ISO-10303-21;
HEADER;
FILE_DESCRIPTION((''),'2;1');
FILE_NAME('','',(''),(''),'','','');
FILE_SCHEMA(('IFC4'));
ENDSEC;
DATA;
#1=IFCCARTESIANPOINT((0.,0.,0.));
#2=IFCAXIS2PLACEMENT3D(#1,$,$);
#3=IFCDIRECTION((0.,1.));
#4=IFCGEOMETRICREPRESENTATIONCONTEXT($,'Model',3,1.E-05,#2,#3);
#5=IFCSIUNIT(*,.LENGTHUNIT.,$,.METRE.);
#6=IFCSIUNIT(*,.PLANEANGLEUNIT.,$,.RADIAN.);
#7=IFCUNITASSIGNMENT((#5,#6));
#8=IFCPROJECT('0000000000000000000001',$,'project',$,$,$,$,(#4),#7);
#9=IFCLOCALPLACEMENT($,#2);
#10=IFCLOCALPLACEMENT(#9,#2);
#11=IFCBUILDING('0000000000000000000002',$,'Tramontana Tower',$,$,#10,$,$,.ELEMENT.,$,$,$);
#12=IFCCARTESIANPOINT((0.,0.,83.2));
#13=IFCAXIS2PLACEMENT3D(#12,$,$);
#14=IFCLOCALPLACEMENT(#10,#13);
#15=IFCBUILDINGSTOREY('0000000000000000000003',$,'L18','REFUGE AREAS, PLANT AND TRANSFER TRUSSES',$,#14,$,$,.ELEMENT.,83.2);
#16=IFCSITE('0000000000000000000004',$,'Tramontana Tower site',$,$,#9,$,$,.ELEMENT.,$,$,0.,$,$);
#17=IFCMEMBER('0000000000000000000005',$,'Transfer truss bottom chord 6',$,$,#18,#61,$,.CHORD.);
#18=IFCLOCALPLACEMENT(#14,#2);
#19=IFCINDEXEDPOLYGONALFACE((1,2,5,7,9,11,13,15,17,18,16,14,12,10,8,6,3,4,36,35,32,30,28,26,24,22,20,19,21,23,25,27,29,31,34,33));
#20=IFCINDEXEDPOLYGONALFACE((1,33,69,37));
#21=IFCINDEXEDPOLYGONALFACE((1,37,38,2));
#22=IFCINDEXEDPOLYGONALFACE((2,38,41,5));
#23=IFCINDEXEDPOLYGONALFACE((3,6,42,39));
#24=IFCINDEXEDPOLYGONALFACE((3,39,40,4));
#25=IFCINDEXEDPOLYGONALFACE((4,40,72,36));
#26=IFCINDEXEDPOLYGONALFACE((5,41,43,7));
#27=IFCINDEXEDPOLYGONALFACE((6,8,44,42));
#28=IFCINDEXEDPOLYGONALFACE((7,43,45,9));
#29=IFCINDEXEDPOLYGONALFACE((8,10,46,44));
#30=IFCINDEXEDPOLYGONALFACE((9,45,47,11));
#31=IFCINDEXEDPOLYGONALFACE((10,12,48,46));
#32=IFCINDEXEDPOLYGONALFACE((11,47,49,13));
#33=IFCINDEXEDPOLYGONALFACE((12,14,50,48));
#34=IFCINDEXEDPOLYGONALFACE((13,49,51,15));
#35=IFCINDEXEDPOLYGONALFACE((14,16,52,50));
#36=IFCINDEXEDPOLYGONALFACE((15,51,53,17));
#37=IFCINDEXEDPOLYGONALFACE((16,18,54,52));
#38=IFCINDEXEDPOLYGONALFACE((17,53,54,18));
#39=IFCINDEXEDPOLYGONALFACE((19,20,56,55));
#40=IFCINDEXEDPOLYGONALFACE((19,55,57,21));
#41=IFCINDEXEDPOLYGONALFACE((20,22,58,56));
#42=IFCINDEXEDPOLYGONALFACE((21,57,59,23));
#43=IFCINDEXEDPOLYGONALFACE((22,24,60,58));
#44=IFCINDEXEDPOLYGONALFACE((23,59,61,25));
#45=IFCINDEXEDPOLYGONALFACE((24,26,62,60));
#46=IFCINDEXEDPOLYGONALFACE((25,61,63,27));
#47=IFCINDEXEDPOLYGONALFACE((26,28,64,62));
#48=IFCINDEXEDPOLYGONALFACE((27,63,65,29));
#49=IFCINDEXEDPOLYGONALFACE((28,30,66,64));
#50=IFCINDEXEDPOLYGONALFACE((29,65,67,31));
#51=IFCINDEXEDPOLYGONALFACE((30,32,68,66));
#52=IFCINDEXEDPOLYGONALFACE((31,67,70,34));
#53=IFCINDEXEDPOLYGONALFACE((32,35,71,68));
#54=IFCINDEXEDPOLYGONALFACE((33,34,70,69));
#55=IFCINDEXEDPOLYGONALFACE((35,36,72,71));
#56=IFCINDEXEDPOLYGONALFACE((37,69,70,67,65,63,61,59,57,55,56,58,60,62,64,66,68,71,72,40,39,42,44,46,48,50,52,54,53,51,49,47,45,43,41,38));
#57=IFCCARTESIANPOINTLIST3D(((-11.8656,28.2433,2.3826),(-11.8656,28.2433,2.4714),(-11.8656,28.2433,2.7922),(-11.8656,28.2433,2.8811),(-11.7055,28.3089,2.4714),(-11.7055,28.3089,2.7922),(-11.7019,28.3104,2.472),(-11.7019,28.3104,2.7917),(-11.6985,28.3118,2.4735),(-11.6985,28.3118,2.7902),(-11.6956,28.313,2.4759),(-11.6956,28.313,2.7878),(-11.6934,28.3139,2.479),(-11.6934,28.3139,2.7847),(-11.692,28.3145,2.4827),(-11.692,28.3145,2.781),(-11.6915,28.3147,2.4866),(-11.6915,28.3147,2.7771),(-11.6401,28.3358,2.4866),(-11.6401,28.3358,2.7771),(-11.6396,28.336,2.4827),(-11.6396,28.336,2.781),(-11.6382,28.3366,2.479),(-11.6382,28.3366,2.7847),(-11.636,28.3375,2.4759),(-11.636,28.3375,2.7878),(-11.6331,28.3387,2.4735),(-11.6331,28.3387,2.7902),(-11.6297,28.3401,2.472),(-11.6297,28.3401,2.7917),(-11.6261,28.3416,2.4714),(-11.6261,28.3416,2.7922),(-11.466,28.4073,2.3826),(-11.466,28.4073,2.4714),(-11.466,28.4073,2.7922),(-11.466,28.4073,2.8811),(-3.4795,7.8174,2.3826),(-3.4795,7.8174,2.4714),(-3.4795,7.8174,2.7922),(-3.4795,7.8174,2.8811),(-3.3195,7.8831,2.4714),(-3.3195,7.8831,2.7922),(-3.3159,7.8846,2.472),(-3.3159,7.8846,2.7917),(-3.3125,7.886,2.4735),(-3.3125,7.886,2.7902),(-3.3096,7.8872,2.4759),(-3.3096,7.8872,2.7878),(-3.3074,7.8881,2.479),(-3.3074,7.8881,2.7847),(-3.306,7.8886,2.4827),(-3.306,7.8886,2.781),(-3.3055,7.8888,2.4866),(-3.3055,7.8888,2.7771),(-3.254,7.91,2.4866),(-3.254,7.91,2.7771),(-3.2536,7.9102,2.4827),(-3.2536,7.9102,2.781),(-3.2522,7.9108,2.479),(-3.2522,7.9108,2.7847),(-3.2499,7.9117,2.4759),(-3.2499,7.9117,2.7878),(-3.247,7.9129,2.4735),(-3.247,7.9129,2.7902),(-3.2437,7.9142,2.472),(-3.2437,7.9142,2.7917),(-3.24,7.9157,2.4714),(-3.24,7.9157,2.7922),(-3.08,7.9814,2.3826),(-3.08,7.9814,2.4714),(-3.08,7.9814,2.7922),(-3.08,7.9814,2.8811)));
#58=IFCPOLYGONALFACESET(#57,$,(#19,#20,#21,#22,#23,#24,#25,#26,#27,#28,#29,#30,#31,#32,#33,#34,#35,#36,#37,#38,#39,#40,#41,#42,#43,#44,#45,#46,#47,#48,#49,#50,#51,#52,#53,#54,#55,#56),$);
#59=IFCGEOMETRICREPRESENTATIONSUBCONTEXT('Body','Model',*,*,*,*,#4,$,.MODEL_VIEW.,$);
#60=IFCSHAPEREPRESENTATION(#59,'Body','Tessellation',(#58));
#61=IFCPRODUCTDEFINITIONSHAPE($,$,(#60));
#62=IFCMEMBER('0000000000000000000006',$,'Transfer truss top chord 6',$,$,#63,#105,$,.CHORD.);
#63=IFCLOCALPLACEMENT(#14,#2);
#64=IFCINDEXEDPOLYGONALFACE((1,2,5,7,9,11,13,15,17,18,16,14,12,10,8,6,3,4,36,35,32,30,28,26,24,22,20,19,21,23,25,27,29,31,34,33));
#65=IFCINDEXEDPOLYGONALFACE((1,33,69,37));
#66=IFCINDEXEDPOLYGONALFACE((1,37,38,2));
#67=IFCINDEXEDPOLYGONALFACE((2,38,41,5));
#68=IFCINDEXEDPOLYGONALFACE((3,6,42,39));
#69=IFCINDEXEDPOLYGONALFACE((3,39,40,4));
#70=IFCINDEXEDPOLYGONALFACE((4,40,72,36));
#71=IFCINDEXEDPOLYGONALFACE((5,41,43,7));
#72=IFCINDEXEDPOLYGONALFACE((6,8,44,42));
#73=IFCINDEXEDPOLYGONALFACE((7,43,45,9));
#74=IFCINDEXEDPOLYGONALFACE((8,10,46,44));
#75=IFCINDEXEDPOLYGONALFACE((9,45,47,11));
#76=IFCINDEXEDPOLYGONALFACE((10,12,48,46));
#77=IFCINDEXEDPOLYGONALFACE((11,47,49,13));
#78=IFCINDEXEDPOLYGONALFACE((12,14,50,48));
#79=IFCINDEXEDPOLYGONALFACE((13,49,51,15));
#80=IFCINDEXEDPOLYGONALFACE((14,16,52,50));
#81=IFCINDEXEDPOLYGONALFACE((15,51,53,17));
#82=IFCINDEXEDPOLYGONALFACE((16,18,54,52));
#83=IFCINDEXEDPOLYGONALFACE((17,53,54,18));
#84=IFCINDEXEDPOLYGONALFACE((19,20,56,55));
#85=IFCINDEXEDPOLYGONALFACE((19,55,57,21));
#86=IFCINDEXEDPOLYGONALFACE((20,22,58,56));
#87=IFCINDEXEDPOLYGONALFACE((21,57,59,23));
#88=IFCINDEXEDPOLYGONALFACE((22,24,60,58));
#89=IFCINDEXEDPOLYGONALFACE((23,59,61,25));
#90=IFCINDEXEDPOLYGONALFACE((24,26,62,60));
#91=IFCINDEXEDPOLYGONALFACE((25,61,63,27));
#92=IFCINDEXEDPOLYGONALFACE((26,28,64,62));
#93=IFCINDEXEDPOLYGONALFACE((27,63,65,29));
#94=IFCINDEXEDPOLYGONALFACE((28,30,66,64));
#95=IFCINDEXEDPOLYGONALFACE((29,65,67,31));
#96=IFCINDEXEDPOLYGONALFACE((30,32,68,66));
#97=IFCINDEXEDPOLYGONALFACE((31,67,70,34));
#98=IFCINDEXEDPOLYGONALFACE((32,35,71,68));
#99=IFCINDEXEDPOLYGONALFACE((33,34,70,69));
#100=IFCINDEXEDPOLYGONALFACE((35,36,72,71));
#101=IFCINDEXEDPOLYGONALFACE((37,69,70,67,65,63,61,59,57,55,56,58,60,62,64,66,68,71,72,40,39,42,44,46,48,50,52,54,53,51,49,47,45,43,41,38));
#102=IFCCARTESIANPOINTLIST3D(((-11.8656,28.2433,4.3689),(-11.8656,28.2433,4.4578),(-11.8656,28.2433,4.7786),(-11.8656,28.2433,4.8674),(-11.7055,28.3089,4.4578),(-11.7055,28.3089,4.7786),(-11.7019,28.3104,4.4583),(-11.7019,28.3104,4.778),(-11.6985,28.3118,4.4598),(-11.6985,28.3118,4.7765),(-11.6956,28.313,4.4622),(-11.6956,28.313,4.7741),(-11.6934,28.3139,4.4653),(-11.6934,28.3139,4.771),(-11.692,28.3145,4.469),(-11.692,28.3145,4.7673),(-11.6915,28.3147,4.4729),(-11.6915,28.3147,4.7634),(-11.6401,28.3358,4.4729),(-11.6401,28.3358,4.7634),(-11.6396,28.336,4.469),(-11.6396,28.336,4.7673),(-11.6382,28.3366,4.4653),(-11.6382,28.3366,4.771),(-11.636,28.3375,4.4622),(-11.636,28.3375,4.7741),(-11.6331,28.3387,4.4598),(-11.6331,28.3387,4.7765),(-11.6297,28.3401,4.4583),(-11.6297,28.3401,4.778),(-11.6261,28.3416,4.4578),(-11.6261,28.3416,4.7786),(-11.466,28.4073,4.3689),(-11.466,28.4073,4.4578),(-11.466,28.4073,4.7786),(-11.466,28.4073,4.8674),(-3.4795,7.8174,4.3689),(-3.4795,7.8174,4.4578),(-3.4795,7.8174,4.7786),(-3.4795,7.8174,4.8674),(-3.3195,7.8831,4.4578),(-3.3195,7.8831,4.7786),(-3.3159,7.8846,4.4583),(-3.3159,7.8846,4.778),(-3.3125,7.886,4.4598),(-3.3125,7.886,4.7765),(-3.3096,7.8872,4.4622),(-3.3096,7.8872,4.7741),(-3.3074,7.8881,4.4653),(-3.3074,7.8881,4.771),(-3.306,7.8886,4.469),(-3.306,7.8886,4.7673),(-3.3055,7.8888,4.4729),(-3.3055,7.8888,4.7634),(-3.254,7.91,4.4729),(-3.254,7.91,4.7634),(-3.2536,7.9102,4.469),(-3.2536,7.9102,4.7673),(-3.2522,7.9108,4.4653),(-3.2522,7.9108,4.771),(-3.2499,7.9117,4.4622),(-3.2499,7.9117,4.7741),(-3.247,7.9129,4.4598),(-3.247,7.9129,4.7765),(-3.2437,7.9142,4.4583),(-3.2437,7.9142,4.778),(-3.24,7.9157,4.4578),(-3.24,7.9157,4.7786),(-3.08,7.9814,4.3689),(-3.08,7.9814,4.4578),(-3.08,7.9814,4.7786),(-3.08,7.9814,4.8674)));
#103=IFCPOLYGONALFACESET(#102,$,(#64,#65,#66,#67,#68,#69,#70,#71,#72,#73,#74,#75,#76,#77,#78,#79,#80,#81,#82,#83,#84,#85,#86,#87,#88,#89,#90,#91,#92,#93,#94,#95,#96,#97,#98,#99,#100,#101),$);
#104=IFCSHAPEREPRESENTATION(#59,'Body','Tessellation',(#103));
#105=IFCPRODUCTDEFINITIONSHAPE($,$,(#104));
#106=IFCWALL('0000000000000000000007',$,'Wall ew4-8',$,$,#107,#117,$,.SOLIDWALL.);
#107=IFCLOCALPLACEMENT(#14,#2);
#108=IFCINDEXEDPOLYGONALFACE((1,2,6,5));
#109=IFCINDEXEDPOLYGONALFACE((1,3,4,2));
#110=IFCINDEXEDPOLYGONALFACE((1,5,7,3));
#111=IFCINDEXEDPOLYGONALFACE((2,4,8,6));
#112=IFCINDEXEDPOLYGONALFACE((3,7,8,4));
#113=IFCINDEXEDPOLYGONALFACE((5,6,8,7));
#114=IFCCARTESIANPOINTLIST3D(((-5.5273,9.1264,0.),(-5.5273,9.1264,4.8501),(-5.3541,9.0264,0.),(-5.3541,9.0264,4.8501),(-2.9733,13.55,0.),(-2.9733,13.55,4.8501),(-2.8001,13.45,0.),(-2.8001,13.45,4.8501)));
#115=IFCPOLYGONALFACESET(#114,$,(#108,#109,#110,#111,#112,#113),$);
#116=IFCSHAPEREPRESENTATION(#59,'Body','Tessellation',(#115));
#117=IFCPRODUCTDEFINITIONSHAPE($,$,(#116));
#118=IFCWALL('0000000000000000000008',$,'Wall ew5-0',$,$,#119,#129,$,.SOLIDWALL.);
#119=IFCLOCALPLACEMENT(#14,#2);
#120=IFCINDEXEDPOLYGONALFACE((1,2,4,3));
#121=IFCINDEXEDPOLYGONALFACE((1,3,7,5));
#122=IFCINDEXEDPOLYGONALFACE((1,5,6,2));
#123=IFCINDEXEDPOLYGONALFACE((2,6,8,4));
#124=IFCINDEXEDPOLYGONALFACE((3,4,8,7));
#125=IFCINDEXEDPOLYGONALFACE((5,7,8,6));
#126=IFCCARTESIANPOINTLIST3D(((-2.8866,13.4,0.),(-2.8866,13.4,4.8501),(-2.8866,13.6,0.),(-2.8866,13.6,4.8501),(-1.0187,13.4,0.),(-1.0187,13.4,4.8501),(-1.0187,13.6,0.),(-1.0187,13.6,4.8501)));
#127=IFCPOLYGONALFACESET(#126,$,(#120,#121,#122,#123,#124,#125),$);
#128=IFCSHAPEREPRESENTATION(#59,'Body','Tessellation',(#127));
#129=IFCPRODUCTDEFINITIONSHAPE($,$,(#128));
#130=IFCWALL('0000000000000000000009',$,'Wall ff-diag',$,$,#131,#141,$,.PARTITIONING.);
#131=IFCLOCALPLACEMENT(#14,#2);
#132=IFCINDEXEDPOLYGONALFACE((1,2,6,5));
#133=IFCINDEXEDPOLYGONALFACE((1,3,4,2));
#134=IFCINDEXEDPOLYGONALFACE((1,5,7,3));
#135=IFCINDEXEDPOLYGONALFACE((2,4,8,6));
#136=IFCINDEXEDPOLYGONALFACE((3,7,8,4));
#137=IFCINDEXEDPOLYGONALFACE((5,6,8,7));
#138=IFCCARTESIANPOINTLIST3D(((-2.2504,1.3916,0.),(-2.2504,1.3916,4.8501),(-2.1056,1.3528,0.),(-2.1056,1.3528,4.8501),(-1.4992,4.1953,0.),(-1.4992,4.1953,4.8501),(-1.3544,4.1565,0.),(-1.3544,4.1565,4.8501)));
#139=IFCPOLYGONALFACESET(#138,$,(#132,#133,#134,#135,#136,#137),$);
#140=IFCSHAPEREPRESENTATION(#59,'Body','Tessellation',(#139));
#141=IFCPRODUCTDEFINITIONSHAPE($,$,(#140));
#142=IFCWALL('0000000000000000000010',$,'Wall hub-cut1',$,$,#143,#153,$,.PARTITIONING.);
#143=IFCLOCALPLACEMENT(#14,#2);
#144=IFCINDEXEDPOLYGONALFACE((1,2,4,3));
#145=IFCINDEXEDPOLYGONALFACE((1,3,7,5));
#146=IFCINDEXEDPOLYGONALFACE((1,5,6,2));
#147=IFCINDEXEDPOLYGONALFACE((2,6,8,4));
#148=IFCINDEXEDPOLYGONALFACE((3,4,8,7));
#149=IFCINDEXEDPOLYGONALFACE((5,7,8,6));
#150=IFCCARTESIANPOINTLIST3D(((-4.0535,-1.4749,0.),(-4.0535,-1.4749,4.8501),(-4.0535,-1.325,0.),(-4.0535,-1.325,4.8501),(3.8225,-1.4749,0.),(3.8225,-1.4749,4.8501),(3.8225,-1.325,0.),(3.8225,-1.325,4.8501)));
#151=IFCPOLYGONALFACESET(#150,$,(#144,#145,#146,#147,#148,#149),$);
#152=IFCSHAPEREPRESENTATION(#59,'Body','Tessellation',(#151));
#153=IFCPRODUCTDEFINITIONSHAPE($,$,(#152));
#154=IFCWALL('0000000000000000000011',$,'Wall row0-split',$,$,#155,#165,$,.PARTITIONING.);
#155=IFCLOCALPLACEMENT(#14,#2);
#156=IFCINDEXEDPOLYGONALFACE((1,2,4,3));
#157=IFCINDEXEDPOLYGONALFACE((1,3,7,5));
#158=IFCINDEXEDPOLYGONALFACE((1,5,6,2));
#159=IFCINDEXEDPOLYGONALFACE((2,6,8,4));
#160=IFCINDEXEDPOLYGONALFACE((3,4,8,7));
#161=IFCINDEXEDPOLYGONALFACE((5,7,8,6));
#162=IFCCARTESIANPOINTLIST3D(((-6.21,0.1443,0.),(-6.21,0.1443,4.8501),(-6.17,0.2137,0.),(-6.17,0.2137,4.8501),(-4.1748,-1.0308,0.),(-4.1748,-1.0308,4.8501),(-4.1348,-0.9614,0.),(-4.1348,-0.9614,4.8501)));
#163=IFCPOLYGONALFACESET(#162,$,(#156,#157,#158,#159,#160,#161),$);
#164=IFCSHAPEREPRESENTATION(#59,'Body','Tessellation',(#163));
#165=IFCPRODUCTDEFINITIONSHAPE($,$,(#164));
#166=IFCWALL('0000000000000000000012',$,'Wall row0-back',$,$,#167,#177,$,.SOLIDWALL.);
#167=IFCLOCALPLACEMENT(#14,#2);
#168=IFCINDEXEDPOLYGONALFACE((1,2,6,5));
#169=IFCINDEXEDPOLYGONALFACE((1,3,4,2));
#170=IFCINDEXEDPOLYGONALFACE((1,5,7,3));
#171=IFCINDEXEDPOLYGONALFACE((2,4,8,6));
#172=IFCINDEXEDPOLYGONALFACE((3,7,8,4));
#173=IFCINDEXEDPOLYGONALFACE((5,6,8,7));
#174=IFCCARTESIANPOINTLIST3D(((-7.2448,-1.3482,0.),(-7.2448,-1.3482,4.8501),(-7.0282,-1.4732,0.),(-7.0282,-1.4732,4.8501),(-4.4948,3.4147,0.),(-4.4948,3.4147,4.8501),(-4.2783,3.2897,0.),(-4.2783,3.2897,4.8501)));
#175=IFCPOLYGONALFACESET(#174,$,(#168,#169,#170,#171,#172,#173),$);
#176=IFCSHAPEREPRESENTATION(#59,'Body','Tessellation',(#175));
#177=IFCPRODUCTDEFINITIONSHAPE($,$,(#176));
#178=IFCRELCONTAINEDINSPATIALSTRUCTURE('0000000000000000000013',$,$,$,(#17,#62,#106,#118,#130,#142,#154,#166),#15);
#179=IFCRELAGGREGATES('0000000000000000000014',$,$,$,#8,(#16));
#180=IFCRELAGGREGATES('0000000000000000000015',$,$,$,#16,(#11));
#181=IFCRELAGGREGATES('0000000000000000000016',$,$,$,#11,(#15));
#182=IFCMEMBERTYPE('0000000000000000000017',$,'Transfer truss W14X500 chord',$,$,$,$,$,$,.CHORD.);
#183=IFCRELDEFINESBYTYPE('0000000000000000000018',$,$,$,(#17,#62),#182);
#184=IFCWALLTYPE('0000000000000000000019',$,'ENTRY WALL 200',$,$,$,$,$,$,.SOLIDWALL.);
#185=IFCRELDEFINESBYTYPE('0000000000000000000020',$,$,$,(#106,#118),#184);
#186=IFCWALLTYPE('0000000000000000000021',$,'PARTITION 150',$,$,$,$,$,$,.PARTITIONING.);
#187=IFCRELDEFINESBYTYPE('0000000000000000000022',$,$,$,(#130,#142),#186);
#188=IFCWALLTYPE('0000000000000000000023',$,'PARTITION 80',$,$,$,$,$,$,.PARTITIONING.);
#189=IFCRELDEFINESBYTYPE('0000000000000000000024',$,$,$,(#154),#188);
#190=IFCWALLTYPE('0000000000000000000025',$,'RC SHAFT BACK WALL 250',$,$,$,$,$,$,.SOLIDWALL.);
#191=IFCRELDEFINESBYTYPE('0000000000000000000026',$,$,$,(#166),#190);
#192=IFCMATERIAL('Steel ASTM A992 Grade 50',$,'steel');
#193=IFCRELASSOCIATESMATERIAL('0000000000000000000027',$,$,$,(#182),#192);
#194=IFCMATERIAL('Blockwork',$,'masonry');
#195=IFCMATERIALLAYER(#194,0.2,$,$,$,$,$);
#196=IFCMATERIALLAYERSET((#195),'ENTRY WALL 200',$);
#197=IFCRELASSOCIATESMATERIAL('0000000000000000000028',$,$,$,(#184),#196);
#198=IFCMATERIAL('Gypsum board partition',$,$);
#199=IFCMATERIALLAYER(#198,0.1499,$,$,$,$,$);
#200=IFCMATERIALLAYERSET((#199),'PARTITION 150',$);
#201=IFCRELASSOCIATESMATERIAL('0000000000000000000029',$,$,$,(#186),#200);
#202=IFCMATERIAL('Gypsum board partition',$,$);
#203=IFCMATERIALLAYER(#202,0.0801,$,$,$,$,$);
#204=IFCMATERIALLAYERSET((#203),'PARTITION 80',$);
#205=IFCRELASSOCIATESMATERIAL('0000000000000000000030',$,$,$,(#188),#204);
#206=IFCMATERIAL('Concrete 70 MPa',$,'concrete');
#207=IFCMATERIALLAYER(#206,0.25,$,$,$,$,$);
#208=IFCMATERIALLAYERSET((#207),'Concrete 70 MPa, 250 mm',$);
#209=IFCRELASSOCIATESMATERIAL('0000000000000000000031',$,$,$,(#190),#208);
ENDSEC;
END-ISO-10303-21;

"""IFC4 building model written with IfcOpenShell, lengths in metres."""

from ifc_helpers import new_model, si_unit, direction, frame, frame_2d, origin, origin_2d, place, context, subcontext, project, spatial, rectangle, i_section, extrude, material, layer, layer_set, material_profile, profile_set, type_object, element, save


model = new_model("IFC4")

# Units and contexts
model_context = context("Model", 3, precision=1e-05, world=origin(), true_north=direction((0.0, 1.0)))
body_context = subcontext(model_context, "Body", "Model", "MODEL_VIEW")
ifc_project = project(units=[si_unit("LENGTHUNIT", "METRE"), si_unit("PLANEANGLEUNIT", "RADIAN")], contexts=[model_context])

# Site, building, storey
site_placement = place(None, origin())
site = spatial("IfcSite", under=ifc_project, at=site_placement, Name="Tramontana Tower site", CompositionType="ELEMENT", RefElevation=0.0)
building_placement = place(site_placement, origin())
building = spatial("IfcBuilding", under=site, at=building_placement, Name="Tramontana Tower", CompositionType="ELEMENT")
storey_placement = place(building_placement, frame((0.0, 0.0, 83.2)))
storey = spatial("IfcBuildingStorey", under=building, at=storey_placement, Name="L18", Description="REFUGE AREAS, PLANT AND TRANSFER TRUSSES", CompositionType="ELEMENT", Elevation=83.2)

# Members
ifc_material_1 = material(Name="Steel ASTM A992 Grade 50", Category="steel")
ifc_material_profile_1 = material_profile(ifc_material_1, i_section(OverallWidth=0.4319, OverallDepth=0.4985, WebThickness=0.0557, FlangeThickness=0.0889, FilletRadius=0.0151, at=origin_2d()), Name="W14X500")
ifc_profile_set_1 = profile_set([ifc_material_profile_1], Name="Steel ASTM A992 Grade 50")
member_type_1 = type_object("IfcMemberType", Name="Transfer truss W14X500 chord", PredefinedType="CHORD", material=ifc_profile_set_1)
for number, where, z_axis, x_axis, name in (
    (1, (-3.2798, 7.8994, 2.6318), (-0.379796, 0.92507, 0.0), (-0.92507, -0.379796, 0.0), "Transfer truss bottom chord 6"),
    (2, (-3.2798, 7.8994, 4.6182), (-0.379796, 0.92507, 0.0), (-0.92507, -0.379796, 0.0), "Transfer truss top chord 6"),
):
    element("IfcMember", number, at=place(storey_placement, frame(where, z_axis=z_axis, x_axis=x_axis)), inside=storey, type_object=member_type_1, Name=name, PredefinedType="CHORD", context=body_context, shape_type="SweptSolid", body=[
        extrude(i_section(OverallWidth=0.4319, OverallDepth=0.4985, WebThickness=0.0557, FlangeThickness=0.0889, FilletRadius=0.0151, at=origin_2d()), origin(), (0.0, 0.0, 1.0), 22.0803),
    ])

# Walls
ifc_material_2 = material(Name="Blockwork", Category="masonry")
ifc_layer_1 = layer(ifc_material_2, 0.2)
ifc_layer_set_1 = layer_set([ifc_layer_1], Name="ENTRY WALL 200")
wall_type_1 = type_object("IfcWallType", Name="ENTRY WALL 200", PredefinedType="SOLIDWALL", material=ifc_layer_set_1)
wall_1_placement = place(storey_placement, frame((-5.4407, 9.0764, 0.0), z_axis=(0.0, 0.0, 1.0), x_axis=(0.5, 0.866026, 0.0)))
element("IfcWall", 3, at=wall_1_placement, inside=storey, type_object=wall_type_1, Name="Wall ew4-8", PredefinedType="SOLIDWALL", context=body_context, shape_type="SweptSolid", body=[
    extrude(rectangle(XDim=5.1079, YDim=0.2, at=frame_2d((2.554, 0.0))), origin(), (0.0, 0.0, 1.0), 4.8501),
])
wall_2_placement = place(storey_placement, frame((-2.8867, 13.5, 0.0), z_axis=(0.0, 0.0, 1.0), x_axis=(1.0, 0.0, 0.0)))
element("IfcWall", 4, at=wall_2_placement, inside=storey, type_object=wall_type_1, Name="Wall ew5-0", PredefinedType="SOLIDWALL", context=body_context, shape_type="SweptSolid", body=[
    extrude(rectangle(XDim=1.8679, YDim=0.2, at=frame_2d((0.9341, 0.0))), origin(), (0.0, 0.0, 1.0), 4.8501),
])
ifc_material_3 = material(Name="Gypsum board partition")
ifc_layer_2 = layer(ifc_material_3, 0.1499)
ifc_layer_set_2 = layer_set([ifc_layer_2], Name="PARTITION 150")
wall_type_2 = type_object("IfcWallType", Name="PARTITION 150", PredefinedType="PARTITIONING", material=ifc_layer_set_2)
wall_3_placement = place(storey_placement, frame((-2.178, 1.3723, 0.0), z_axis=(0.0, 0.0, 1.0), x_axis=(0.258809, 0.965929, 0.0)))
element("IfcWall", 5, at=wall_3_placement, inside=storey, type_object=wall_type_2, Name="Wall ff-diag", PredefinedType="PARTITIONING", context=body_context, shape_type="SweptSolid", body=[
    extrude(rectangle(XDim=2.9026, YDim=0.1499, at=frame_2d((1.4512, 0.0))), origin(), (0.0, 0.0, 1.0), 4.8501),
])
wall_4_placement = place(storey_placement, frame((-4.0535, -1.3999, 0.0), z_axis=(0.0, 0.0, 1.0), x_axis=(1.0, 0.0, 0.0)))
element("IfcWall", 6, at=wall_4_placement, inside=storey, type_object=wall_type_2, Name="Wall hub-cut1", PredefinedType="PARTITIONING", context=body_context, shape_type="SweptSolid", body=[
    extrude(rectangle(XDim=7.876, YDim=0.1499, at=frame_2d((3.938, 0.0))), origin(), (0.0, 0.0, 1.0), 4.8501),
])
ifc_material_4 = material(Name="Gypsum board partition")
ifc_layer_3 = layer(ifc_material_4, 0.0801)
ifc_layer_set_3 = layer_set([ifc_layer_3], Name="PARTITION 80")
wall_type_3 = type_object("IfcWallType", Name="PARTITION 80", PredefinedType="PARTITIONING", material=ifc_layer_set_3)
wall_5_placement = place(storey_placement, frame((-4.1548, -0.9961, 0.0), z_axis=(0.0, 0.0, 1.0), x_axis=(-0.866016, 0.500016, 0.0)))
element("IfcWall", 7, at=wall_5_placement, inside=storey, type_object=wall_type_3, Name="Wall row0-split", PredefinedType="PARTITIONING", context=body_context, shape_type="SweptSolid", body=[
    extrude(rectangle(XDim=2.3501, YDim=0.0801, at=frame_2d((1.175, 0.0))), origin(), (0.0, 0.0, 1.0), 4.8501),
])
ifc_material_5 = material(Name="Concrete 70 MPa", Category="concrete")
ifc_layer_4 = layer(ifc_material_5, 0.25)
ifc_layer_set_4 = layer_set([ifc_layer_4], Name="Concrete 70 MPa, 250 mm")
wall_type_4 = type_object("IfcWallType", Name="RC SHAFT BACK WALL 250", PredefinedType="SOLIDWALL", material=ifc_layer_set_4)
wall_6_placement = place(storey_placement, frame((-4.3865, 3.3523, 0.0), z_axis=(0.0, 0.0, 1.0), x_axis=(-0.500016, -0.866016, 0.0)))
element("IfcWall", 8, at=wall_6_placement, inside=storey, type_object=wall_type_4, Name="Wall row0-back", PredefinedType="SOLIDWALL", context=body_context, shape_type="SweptSolid", body=[
    extrude(rectangle(XDim=5.4998, YDim=0.25, at=frame_2d((2.75, 0.0))), origin(), (0.0, 0.0, 1.0), 4.8501),
])

save(model, "model.ifc")
